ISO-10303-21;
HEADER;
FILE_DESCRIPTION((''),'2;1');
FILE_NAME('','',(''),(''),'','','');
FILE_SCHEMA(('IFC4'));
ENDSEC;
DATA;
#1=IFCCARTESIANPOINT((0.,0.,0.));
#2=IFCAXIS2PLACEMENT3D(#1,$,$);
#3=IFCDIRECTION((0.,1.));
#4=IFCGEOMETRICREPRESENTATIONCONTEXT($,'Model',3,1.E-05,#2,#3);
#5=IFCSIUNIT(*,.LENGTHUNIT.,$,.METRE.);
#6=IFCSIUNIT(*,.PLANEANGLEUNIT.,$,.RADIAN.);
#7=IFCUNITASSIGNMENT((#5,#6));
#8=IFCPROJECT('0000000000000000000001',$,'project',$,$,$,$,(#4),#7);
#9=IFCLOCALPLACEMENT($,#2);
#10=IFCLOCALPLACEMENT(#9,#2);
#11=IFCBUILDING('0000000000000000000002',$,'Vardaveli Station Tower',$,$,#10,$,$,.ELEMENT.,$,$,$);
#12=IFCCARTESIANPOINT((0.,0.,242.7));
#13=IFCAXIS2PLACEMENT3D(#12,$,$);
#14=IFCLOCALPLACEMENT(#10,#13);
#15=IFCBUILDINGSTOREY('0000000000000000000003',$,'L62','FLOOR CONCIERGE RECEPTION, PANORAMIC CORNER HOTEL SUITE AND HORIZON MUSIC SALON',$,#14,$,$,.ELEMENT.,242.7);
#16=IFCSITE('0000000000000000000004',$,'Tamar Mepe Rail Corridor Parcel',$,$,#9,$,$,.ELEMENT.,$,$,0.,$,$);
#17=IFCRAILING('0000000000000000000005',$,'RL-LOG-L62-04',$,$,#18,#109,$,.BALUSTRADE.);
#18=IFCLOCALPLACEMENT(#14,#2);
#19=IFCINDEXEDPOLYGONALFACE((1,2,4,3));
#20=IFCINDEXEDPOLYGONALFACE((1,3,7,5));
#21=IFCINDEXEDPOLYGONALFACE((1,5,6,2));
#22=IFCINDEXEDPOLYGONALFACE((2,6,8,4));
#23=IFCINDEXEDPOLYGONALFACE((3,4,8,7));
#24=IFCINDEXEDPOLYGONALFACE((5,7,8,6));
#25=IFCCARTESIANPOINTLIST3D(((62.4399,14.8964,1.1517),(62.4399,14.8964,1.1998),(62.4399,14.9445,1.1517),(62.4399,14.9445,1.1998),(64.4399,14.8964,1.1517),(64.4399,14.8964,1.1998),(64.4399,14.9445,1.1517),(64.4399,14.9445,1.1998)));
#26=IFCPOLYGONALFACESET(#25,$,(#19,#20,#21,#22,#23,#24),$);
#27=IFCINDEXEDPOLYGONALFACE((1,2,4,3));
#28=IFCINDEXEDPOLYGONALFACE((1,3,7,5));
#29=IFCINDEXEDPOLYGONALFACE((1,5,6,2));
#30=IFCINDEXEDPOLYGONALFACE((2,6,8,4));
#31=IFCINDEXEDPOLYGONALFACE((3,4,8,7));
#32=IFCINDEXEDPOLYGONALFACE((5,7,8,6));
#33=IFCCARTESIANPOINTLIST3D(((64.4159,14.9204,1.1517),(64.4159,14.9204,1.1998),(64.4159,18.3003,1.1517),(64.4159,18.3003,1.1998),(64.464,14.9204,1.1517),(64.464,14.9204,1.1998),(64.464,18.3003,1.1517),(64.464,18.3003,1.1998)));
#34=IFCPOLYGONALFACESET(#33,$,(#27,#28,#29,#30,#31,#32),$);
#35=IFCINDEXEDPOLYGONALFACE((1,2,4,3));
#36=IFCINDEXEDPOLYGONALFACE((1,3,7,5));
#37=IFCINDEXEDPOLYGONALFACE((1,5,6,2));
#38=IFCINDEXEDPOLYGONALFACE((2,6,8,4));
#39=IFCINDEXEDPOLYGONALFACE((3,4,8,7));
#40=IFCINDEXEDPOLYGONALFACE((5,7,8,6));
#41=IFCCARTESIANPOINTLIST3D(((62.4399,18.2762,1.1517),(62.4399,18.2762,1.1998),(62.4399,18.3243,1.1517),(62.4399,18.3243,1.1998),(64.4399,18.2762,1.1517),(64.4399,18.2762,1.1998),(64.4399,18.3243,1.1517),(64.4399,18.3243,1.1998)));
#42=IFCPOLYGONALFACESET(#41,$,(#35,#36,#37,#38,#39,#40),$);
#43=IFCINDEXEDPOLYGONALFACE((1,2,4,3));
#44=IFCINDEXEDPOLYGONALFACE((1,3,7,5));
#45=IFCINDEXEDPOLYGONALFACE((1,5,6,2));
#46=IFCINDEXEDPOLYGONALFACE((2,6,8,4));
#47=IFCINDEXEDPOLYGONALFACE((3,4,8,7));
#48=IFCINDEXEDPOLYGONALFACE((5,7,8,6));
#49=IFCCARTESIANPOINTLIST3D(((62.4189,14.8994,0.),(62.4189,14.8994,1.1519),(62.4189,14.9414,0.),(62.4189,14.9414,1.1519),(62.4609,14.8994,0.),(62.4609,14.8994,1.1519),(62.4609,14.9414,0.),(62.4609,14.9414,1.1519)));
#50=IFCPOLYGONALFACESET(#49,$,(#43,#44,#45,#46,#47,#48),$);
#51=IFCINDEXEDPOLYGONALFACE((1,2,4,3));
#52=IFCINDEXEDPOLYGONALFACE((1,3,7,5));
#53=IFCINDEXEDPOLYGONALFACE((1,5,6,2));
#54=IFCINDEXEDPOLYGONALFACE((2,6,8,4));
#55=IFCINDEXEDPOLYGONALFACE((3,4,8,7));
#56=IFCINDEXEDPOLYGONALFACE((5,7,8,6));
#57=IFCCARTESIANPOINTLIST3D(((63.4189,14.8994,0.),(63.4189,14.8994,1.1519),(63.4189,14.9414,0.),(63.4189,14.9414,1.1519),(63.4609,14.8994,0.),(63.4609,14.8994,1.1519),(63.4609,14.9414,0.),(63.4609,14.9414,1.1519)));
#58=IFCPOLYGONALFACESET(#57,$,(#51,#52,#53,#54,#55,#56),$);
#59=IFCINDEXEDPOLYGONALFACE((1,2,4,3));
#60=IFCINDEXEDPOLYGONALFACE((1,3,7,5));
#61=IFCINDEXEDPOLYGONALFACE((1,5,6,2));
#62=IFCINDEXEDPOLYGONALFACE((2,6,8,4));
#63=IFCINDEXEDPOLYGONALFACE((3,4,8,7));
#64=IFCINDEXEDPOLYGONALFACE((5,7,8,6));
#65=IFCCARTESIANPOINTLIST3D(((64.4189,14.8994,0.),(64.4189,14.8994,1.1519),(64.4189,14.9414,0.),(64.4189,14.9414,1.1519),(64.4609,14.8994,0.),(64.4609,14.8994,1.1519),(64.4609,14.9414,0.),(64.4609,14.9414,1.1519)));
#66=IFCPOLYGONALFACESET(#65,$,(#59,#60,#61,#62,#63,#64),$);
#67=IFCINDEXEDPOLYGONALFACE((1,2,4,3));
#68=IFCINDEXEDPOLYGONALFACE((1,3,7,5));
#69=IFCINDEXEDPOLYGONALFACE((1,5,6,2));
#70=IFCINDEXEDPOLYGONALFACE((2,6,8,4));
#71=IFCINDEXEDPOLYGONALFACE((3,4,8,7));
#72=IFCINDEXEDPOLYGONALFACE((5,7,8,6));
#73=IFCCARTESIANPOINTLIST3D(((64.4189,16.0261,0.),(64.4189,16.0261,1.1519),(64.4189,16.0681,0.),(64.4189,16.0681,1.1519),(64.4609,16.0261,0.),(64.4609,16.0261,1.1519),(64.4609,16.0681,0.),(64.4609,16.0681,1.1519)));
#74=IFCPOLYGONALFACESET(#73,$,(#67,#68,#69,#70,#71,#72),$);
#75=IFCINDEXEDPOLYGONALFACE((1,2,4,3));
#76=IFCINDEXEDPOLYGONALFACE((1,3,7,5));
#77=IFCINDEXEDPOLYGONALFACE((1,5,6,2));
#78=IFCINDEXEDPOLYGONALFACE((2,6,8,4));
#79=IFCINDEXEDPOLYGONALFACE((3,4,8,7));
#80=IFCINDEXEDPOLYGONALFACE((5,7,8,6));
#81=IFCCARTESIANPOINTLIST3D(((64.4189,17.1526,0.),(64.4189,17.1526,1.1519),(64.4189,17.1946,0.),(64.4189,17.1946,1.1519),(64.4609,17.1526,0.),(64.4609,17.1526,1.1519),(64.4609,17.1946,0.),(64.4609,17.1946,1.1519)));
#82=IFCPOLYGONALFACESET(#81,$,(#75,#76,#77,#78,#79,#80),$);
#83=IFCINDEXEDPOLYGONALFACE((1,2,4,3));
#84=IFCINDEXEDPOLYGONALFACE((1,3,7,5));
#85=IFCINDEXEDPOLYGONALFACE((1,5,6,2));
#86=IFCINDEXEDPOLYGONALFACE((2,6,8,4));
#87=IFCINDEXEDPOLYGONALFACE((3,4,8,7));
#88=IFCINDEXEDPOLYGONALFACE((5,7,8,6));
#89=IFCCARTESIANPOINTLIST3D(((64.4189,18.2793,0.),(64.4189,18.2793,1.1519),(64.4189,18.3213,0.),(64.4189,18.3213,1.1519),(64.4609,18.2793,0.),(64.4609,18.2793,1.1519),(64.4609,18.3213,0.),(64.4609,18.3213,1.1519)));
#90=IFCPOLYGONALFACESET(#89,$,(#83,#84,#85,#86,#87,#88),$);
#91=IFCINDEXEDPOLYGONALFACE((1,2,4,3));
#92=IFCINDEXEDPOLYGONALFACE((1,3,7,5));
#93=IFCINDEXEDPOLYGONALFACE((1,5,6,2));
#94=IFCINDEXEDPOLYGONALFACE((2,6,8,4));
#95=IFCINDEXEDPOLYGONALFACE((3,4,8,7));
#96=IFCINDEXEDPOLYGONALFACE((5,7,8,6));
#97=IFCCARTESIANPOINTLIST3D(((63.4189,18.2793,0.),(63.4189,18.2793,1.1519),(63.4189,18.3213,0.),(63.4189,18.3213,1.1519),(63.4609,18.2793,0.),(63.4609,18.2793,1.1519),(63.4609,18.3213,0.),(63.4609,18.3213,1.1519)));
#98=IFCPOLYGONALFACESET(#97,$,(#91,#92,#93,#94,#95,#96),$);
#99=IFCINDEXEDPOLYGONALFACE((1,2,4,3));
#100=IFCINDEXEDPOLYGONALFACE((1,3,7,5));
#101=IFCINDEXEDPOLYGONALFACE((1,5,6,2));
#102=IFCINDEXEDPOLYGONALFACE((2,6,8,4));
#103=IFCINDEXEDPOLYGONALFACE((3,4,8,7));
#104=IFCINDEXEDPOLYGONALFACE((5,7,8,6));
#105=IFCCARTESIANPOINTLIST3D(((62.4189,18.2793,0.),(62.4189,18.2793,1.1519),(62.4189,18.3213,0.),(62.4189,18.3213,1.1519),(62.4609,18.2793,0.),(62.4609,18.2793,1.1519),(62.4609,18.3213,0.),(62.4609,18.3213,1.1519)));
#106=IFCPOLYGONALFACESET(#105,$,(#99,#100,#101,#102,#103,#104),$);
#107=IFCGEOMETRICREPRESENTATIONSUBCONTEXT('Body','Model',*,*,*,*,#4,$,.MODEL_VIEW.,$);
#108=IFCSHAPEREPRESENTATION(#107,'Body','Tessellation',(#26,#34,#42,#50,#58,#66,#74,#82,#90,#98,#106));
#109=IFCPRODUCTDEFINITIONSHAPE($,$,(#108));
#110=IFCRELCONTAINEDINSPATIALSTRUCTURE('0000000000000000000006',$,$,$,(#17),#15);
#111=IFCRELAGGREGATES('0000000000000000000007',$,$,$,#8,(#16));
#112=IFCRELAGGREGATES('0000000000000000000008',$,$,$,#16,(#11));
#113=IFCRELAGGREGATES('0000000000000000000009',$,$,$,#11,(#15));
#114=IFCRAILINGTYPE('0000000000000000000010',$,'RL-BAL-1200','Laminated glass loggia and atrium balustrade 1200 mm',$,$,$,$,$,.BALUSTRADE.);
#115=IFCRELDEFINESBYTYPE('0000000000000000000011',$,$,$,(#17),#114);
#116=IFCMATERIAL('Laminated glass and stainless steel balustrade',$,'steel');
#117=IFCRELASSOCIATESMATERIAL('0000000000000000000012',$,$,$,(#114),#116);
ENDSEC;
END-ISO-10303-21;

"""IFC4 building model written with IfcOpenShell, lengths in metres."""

from ifc_helpers import new_model, si_unit, direction, frame, origin, origin_2d, place, context, subcontext, project, spatial, rectangle, extrude, source, transform, mapped, material, type_object, element, save


model = new_model("IFC4")

# Units and contexts
model_context = context("Model", 3, precision=1e-05, world=origin(), true_north=direction((0.0, 1.0)))
body_context = subcontext(model_context, "Body", "Model", "MODEL_VIEW")
ifc_project = project(units=[si_unit("LENGTHUNIT", "METRE"), si_unit("PLANEANGLEUNIT", "RADIAN")], contexts=[model_context])

# Site, building, storey
site_placement = place(None, origin())
site = spatial("IfcSite", under=ifc_project, at=site_placement, Name="Tamar Mepe Rail Corridor Parcel", CompositionType="ELEMENT", RefElevation=0.0)
building_placement = place(site_placement, origin())
building = spatial("IfcBuilding", under=site, at=building_placement, Name="Vardaveli Station Tower", CompositionType="ELEMENT")
storey_placement = place(building_placement, frame((0.0, 0.0, 242.7)))
storey = spatial("IfcBuildingStorey", under=building, at=storey_placement, Name="L62", Description="FLOOR CONCIERGE RECEPTION, PANORAMIC CORNER HOTEL SUITE AND HORIZON MUSIC SALON", CompositionType="ELEMENT", Elevation=242.7)

# Railing
ifc_material_1 = material(Name="Laminated glass and stainless steel balustrade", Category="steel")
railing_type = type_object("IfcRailingType", Name="RL-BAL-1200", Description="Laminated glass loggia and atrium balustrade 1200 mm", PredefinedType="BALUSTRADE", material=ifc_material_1)
shared_shape_1 = source(origin(), body_context, "Body", "SweptSolid", [
    extrude(rectangle(XDim=0.0481, YDim=0.0481, at=origin_2d()), frame((0.0, 0.0, 1.1758), z_axis=(1.0, 0.0, 0.0), x_axis=(0.0, 1.0, 0.0)), (0.0, 0.0, 1.0), 2.0),
    extrude(rectangle(XDim=0.0481, YDim=0.0481, at=origin_2d()), frame((2.0, 0.0, 1.1758), z_axis=(0.0, 1.0, 0.0), x_axis=(-1.0, 0.0, 0.0)), (0.0, 0.0, 1.0), 3.3799),
    extrude(rectangle(XDim=0.0481, YDim=0.0481, at=origin_2d()), frame((2.0, 3.3799, 1.1758), z_axis=(-1.0, 0.0, 0.0), x_axis=(0.0, -1.0, 0.0)), (0.0, 0.0, 1.0), 2.0),
    extrude(rectangle(XDim=0.042, YDim=0.042, at=origin_2d()), origin(), (0.0, 0.0, 1.0), 1.1519),
    extrude(rectangle(XDim=0.042, YDim=0.042, at=origin_2d()), frame((1.0, 0.0, 0.0)), (0.0, 0.0, 1.0), 1.1519),
    extrude(rectangle(XDim=0.042, YDim=0.042, at=origin_2d()), frame((2.0, 0.0, 0.0)), (0.0, 0.0, 1.0), 1.1519),
    extrude(rectangle(XDim=0.042, YDim=0.042, at=origin_2d()), frame((2.0, 1.1267, 0.0)), (0.0, 0.0, 1.0), 1.1519),
    extrude(rectangle(XDim=0.042, YDim=0.042, at=origin_2d()), frame((2.0, 2.2532, 0.0)), (0.0, 0.0, 1.0), 1.1519),
    extrude(rectangle(XDim=0.042, YDim=0.042, at=origin_2d()), frame((2.0, 3.3799, 0.0)), (0.0, 0.0, 1.0), 1.1519),
    extrude(rectangle(XDim=0.042, YDim=0.042, at=origin_2d()), frame((1.0, 3.3799, 0.0)), (0.0, 0.0, 1.0), 1.1519),
    extrude(rectangle(XDim=0.042, YDim=0.042, at=origin_2d()), frame((0.0, 3.3799, 0.0)), (0.0, 0.0, 1.0), 1.1519),
])
railing_placement = place(storey_placement, frame((62.4399, 14.9204, 0.0)))
element("IfcRailing", 1, at=railing_placement, inside=storey, type_object=railing_type, Name="RL-LOG-L62-04", PredefinedType="BALUSTRADE", context=body_context, shape_type="MappedRepresentation", body=[
    mapped(shared_shape_1, transform((0.0, 0.0, 0.0), scale=1.0)),
])

save(model, "model.ifc")
